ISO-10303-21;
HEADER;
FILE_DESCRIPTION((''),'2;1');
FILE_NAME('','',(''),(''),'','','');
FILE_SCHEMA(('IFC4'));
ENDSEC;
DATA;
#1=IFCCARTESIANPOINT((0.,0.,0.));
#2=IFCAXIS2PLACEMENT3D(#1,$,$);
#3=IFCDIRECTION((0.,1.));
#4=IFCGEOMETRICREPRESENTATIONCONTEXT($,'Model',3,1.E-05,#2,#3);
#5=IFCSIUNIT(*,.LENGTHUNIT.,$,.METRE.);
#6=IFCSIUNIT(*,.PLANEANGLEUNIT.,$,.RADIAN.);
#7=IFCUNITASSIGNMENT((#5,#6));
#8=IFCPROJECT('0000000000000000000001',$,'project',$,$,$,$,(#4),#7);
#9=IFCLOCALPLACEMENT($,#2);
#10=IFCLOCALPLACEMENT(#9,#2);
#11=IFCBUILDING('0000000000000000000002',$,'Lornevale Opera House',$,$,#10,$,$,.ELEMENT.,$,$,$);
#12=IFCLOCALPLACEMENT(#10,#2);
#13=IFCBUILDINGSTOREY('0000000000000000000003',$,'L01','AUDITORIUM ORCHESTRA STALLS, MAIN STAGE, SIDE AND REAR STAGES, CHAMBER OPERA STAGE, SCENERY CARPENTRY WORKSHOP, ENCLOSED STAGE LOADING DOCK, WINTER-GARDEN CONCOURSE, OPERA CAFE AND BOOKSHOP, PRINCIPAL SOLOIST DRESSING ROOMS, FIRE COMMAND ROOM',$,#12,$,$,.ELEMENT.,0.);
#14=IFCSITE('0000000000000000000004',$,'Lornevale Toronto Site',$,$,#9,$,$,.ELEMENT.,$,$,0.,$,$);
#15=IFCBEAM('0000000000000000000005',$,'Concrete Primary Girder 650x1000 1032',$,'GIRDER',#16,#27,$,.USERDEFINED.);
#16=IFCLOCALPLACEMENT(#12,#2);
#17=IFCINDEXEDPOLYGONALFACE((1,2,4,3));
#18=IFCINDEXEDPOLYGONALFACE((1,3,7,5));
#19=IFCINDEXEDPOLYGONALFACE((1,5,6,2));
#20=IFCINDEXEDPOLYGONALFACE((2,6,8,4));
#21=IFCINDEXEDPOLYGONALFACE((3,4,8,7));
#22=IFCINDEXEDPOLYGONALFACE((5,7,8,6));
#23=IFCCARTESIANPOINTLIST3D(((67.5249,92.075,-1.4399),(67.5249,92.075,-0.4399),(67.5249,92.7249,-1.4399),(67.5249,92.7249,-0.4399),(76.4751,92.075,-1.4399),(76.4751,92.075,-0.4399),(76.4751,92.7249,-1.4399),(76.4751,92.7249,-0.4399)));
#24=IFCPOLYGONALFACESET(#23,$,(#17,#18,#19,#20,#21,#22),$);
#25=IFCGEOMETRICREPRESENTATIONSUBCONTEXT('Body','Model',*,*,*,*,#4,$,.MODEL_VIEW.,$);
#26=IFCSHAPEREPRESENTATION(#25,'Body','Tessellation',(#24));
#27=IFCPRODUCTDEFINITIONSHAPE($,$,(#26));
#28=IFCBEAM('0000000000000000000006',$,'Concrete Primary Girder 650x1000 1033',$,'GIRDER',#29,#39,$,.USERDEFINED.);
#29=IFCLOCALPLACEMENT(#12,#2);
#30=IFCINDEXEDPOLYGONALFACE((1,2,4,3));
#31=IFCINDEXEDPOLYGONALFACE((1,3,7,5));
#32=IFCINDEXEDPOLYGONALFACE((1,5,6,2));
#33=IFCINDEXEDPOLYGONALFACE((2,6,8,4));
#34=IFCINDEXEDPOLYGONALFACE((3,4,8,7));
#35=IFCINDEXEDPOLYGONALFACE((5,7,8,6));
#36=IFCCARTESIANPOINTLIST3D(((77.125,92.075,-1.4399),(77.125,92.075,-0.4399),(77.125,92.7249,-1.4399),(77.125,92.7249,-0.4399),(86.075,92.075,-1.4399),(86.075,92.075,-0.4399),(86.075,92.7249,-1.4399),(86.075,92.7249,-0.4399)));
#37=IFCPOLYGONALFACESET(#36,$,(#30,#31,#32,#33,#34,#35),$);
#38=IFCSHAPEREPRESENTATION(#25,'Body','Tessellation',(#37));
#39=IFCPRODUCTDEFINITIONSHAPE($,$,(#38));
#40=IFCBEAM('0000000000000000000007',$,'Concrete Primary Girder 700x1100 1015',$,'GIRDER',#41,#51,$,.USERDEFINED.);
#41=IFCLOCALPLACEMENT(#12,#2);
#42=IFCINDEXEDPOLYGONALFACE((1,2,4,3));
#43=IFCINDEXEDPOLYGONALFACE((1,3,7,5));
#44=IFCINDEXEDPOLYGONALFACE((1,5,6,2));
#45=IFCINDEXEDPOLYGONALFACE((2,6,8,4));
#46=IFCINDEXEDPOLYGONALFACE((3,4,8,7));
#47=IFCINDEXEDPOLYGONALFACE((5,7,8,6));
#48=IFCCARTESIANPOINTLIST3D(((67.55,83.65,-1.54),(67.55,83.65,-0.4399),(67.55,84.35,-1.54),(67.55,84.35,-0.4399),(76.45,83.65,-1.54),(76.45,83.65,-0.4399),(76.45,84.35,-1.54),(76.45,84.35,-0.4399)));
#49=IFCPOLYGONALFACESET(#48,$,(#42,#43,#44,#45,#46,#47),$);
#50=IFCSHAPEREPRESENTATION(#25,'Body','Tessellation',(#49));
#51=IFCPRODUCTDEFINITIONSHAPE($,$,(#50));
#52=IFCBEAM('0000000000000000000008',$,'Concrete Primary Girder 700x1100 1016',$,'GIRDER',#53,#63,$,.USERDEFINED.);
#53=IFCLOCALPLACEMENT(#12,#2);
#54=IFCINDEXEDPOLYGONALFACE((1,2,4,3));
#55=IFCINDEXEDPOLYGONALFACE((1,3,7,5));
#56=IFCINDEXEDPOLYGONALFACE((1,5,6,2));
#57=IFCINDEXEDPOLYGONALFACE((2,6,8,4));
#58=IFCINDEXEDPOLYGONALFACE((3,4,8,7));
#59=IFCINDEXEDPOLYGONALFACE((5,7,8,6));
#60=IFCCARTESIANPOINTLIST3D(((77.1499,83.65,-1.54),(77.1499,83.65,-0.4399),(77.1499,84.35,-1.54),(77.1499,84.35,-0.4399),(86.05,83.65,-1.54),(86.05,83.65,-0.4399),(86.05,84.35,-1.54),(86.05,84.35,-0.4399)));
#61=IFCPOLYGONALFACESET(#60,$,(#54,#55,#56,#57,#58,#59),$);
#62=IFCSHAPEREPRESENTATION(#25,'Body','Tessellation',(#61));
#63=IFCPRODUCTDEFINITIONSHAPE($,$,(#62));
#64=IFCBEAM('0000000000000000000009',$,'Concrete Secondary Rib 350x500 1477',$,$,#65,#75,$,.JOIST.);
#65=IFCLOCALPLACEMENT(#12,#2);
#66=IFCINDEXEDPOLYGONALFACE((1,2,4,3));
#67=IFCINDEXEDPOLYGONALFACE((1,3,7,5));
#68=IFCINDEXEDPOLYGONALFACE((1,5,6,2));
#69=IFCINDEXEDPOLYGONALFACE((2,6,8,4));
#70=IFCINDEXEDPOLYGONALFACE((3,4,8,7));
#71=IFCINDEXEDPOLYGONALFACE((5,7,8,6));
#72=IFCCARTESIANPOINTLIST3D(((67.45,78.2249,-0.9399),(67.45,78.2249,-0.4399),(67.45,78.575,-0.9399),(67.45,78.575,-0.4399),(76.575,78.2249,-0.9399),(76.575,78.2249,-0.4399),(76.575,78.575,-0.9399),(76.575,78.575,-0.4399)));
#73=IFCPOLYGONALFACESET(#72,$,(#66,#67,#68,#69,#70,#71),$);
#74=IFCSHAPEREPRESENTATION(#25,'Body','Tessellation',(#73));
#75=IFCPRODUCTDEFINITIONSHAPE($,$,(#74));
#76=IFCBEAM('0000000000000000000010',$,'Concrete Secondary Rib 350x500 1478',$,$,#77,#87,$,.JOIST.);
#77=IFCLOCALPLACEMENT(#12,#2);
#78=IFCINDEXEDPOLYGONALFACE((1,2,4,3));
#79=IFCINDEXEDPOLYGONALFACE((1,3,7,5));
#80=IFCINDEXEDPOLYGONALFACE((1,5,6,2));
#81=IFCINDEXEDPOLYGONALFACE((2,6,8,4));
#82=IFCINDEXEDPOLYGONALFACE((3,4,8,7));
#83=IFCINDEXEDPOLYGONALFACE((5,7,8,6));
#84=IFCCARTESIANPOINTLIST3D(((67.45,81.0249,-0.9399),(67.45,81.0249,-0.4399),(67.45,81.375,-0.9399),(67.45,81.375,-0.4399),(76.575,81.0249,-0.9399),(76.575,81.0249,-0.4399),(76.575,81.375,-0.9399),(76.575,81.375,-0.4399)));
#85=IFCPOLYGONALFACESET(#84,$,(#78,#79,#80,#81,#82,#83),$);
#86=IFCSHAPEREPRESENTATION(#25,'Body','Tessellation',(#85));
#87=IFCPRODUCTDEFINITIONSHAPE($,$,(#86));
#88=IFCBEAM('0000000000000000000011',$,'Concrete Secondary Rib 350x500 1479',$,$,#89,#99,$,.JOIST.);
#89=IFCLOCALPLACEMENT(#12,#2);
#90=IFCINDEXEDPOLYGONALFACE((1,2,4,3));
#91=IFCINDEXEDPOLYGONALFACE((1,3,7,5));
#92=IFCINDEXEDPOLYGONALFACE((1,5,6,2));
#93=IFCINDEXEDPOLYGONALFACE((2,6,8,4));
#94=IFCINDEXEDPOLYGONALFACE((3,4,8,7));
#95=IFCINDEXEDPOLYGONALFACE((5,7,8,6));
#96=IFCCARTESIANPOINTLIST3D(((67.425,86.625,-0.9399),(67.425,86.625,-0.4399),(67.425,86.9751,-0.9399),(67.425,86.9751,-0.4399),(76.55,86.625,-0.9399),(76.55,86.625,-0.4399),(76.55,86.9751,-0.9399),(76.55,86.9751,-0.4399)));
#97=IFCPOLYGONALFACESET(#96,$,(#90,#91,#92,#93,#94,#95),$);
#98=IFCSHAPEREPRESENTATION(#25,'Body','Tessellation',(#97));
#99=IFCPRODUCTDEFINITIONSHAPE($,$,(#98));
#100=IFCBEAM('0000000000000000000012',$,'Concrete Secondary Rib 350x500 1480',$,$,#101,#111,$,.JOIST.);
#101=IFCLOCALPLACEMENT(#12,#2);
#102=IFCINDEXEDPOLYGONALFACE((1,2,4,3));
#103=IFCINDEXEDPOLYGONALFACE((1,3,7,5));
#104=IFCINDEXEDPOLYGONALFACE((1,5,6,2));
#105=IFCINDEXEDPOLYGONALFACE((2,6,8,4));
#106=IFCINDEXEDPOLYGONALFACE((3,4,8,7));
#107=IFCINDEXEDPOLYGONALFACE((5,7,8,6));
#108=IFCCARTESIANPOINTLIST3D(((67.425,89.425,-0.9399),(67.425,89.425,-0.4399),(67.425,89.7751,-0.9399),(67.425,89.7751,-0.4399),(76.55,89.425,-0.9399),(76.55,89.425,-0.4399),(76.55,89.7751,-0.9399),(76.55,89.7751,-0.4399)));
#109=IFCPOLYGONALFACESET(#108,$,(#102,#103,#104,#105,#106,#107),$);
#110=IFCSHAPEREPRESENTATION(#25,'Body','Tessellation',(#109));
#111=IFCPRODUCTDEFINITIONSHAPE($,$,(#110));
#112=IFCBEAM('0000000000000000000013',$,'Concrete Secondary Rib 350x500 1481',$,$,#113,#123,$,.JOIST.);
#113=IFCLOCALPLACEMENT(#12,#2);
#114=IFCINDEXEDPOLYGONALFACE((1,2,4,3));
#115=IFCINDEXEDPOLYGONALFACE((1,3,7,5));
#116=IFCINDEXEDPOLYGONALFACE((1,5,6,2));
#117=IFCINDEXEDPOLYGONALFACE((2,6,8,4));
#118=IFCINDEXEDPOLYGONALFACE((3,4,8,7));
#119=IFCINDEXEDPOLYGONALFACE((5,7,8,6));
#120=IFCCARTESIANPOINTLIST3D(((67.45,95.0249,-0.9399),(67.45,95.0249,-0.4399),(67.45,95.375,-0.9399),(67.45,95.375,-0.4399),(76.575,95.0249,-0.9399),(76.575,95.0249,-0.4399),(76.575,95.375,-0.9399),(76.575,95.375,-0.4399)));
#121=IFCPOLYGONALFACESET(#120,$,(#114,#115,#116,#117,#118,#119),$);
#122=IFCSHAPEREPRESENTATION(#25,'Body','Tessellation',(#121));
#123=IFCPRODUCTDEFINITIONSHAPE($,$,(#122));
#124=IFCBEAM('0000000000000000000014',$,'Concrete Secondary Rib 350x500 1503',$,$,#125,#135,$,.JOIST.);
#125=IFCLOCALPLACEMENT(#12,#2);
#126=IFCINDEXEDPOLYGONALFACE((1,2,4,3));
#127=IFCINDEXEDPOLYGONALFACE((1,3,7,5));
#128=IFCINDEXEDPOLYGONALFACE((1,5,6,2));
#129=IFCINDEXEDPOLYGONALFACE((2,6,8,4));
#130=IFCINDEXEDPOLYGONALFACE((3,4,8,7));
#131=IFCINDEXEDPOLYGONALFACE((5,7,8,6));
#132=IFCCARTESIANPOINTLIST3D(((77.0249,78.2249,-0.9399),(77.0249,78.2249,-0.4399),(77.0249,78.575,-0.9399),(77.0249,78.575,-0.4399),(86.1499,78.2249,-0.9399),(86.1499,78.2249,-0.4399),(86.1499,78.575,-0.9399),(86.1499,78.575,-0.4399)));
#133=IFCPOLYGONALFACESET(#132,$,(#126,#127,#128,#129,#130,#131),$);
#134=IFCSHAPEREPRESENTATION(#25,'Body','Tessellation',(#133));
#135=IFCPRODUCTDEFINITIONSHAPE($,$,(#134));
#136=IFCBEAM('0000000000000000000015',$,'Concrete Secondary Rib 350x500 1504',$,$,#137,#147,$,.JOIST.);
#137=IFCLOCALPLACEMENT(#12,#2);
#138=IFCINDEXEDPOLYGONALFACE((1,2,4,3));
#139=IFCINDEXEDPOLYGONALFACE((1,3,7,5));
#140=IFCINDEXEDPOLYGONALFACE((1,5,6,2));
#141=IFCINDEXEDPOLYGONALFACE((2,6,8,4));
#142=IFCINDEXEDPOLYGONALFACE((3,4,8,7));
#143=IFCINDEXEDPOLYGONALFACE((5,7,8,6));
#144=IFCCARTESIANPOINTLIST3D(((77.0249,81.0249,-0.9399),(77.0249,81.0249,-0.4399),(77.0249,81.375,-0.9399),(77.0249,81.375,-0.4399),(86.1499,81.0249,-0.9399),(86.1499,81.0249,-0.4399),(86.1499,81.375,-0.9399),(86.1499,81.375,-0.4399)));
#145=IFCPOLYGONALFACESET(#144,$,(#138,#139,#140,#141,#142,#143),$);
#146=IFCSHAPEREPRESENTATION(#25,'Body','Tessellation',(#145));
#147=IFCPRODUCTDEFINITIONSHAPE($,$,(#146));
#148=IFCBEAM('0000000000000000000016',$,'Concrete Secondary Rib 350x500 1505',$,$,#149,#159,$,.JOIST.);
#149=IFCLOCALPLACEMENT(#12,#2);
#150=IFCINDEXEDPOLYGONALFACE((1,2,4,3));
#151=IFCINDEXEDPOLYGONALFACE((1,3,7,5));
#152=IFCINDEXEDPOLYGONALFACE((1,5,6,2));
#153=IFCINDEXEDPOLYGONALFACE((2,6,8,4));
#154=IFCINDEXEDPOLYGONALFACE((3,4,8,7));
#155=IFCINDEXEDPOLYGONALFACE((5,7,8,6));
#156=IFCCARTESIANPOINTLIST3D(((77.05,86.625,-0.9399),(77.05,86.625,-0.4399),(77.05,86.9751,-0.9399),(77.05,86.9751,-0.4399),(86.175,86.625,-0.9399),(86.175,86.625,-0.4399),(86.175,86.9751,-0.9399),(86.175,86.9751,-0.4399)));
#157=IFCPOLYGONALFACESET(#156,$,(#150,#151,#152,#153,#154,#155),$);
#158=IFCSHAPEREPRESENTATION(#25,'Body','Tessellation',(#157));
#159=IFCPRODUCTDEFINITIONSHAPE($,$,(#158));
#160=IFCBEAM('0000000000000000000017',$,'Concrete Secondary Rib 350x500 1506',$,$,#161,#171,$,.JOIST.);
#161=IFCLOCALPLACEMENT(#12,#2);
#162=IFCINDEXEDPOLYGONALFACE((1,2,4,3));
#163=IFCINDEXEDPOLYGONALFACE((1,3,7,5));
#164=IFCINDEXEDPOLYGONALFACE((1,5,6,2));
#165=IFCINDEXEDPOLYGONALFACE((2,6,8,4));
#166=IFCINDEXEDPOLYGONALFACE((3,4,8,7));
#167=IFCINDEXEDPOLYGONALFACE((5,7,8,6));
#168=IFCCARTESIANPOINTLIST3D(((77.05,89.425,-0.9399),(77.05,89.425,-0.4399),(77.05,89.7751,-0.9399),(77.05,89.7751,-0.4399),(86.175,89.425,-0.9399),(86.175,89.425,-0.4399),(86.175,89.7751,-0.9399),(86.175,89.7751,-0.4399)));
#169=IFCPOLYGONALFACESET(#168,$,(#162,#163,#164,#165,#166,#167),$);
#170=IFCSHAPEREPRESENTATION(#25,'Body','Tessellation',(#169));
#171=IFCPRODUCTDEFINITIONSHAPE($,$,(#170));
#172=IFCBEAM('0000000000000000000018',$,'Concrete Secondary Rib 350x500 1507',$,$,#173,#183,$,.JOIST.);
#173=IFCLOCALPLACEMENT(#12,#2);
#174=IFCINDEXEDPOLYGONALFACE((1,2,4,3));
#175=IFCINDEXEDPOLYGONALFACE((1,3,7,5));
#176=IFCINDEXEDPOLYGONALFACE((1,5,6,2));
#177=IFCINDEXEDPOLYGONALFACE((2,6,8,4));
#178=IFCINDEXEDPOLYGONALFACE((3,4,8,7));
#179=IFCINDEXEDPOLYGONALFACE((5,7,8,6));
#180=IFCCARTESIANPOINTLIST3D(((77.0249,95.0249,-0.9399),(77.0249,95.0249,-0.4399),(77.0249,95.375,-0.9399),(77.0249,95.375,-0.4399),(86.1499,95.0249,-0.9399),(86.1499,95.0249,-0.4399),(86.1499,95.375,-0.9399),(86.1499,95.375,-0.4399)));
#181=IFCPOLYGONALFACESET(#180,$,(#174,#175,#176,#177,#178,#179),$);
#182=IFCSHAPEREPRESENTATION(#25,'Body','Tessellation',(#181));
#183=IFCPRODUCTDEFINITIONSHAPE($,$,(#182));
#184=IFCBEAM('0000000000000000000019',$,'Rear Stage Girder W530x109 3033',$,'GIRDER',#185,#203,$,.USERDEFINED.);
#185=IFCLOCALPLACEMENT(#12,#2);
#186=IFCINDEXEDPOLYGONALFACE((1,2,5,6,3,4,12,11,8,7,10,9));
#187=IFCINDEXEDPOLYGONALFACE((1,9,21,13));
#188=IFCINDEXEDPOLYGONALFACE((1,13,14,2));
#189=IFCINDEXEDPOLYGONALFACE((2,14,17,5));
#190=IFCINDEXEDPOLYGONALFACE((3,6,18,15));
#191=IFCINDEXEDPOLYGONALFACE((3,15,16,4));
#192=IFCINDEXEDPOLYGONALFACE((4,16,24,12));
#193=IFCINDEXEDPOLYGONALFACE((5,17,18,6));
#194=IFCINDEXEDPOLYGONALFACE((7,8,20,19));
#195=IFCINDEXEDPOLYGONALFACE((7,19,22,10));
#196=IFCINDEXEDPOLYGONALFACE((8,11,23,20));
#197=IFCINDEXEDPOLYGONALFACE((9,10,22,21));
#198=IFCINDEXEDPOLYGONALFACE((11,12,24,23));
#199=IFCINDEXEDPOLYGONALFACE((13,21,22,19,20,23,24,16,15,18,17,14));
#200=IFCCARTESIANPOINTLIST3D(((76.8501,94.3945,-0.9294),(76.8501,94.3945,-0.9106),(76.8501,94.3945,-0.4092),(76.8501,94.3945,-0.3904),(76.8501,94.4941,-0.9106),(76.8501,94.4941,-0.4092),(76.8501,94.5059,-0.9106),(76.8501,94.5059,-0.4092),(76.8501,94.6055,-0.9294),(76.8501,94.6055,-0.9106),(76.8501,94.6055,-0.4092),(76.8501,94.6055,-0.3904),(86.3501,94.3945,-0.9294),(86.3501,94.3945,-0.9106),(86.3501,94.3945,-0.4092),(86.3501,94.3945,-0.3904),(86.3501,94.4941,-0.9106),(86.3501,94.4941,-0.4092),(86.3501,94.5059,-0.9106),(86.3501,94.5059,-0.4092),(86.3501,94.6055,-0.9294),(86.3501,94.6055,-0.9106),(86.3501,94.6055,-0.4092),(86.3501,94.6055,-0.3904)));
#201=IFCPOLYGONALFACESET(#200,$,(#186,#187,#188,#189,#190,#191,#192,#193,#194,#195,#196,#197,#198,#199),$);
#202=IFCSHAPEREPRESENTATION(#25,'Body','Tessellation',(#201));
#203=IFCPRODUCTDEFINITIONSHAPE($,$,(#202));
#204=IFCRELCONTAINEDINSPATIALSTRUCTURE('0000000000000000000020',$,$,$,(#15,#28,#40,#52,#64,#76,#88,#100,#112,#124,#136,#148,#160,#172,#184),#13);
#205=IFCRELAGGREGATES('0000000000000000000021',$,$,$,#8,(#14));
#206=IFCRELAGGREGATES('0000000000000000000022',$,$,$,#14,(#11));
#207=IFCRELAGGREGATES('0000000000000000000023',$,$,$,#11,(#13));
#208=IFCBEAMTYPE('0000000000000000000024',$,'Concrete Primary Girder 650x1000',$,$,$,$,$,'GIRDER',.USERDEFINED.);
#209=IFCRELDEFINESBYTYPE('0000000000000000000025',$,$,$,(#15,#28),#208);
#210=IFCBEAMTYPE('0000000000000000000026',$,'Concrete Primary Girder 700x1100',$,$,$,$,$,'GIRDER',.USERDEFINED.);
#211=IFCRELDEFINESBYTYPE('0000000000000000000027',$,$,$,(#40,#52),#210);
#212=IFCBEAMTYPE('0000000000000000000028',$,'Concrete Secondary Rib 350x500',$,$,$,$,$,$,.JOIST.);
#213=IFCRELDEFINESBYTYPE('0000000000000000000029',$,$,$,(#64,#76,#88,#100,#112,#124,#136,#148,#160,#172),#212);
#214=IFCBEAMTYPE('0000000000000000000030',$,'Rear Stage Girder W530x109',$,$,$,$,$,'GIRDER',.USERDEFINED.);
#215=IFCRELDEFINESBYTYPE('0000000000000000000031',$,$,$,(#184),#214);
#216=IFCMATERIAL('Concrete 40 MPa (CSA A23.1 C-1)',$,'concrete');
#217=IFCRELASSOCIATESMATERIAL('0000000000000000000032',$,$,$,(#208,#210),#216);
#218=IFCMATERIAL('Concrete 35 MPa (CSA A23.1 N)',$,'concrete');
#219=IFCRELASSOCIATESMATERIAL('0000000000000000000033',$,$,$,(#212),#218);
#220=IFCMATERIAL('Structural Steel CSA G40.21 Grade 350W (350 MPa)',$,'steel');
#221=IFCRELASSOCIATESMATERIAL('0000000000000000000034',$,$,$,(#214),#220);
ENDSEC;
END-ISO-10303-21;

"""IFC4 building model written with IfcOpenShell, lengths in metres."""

from ifc_helpers import new_model, si_unit, direction, frame, origin, origin_2d, place, context, subcontext, project, spatial, rectangle, i_section, extrude, material, material_profile, profile_set, type_object, element, save


model = new_model("IFC4")

# Units and contexts
model_context = context("Model", 3, precision=1e-05, world=origin(), true_north=direction((0.0, 1.0)))
body_context = subcontext(model_context, "Body", "Model", "MODEL_VIEW")
ifc_project = project(units=[si_unit("LENGTHUNIT", "METRE"), si_unit("PLANEANGLEUNIT", "RADIAN")], contexts=[model_context])

# Site, building, storey
site_placement = place(None, origin())
site = spatial("IfcSite", under=ifc_project, at=site_placement, Name="Lornevale Toronto Site", CompositionType="ELEMENT", RefElevation=0.0)
building_placement = place(site_placement, origin())
building = spatial("IfcBuilding", under=site, at=building_placement, Name="Lornevale Opera House", CompositionType="ELEMENT")
storey_placement = place(building_placement, origin())
storey = spatial("IfcBuildingStorey", under=building, at=storey_placement, Name="L01", Description="AUDITORIUM ORCHESTRA STALLS, MAIN STAGE, SIDE AND REAR STAGES, CHAMBER OPERA STAGE, SCENERY CARPENTRY WORKSHOP, ENCLOSED STAGE LOADING DOCK, WINTER-GARDEN CONCOURSE, OPERA CAFE AND BOOKSHOP, PRINCIPAL SOLOIST DRESSING ROOMS, FIRE COMMAND ROOM", CompositionType="ELEMENT", Elevation=0.0)

# Shared definitions
ifc_material_1 = material(Name="Concrete 40 MPa (CSA A23.1 C-1)", Category="concrete")

# Beams
ifc_material_2 = material(Name="Concrete 35 MPa (CSA A23.1 N)", Category="concrete")
ifc_material_profile_1 = material_profile(ifc_material_1, rectangle(XDim=0.6499, YDim=1.0, at=origin_2d()), Name="RC650x1000")
ifc_profile_set_1 = profile_set([ifc_material_profile_1], Name="Concrete 40 MPa (CSA A23.1 C-1)")
beam_type_1 = type_object("IfcBeamType", Name="Concrete Primary Girder 650x1000", ElementType="GIRDER", PredefinedType="USERDEFINED", material=ifc_profile_set_1)
beam_1_placement = place(storey_placement, frame((67.5249, 92.3999, -0.9399), z_axis=(1.0, 0.0, 0.0), x_axis=(0.0, 1.0, 0.0)))
element("IfcBeam", 1, at=beam_1_placement, inside=storey, type_object=beam_type_1, Name="Concrete Primary Girder 650x1000 1032", ObjectType="GIRDER", PredefinedType="USERDEFINED", context=body_context, shape_type="SweptSolid", body=[
    extrude(rectangle(XDim=0.6499, YDim=1.0, at=origin_2d()), origin(), (0.0, 0.0, 1.0), 8.9502),
])
beam_2_placement = place(storey_placement, frame((77.125, 92.3999, -0.9399), z_axis=(1.0, 0.0, 0.0), x_axis=(0.0, 1.0, 0.0)))
element("IfcBeam", 2, at=beam_2_placement, inside=storey, type_object=beam_type_1, Name="Concrete Primary Girder 650x1000 1033", ObjectType="GIRDER", PredefinedType="USERDEFINED", context=body_context, shape_type="SweptSolid", body=[
    extrude(rectangle(XDim=0.6499, YDim=1.0, at=origin_2d()), origin(), (0.0, 0.0, 1.0), 8.95),
])
ifc_material_profile_2 = material_profile(ifc_material_1, rectangle(XDim=0.7, YDim=1.1001, at=origin_2d()), Name="RC700x1100")
ifc_profile_set_2 = profile_set([ifc_material_profile_2], Name="Concrete 40 MPa (CSA A23.1 C-1)")
beam_type_2 = type_object("IfcBeamType", Name="Concrete Primary Girder 700x1100", ElementType="GIRDER", PredefinedType="USERDEFINED", material=ifc_profile_set_2)
beam_3_placement = place(storey_placement, frame((67.55, 84.0, -0.99), z_axis=(1.0, 0.0, 0.0), x_axis=(0.0, 1.0, 0.0)))
element("IfcBeam", 3, at=beam_3_placement, inside=storey, type_object=beam_type_2, Name="Concrete Primary Girder 700x1100 1015", ObjectType="GIRDER", PredefinedType="USERDEFINED", context=body_context, shape_type="SweptSolid", body=[
    extrude(rectangle(XDim=0.7, YDim=1.1001, at=origin_2d()), origin(), (0.0, 0.0, 1.0), 8.8999),
])
beam_4_placement = place(storey_placement, frame((77.1499, 84.0, -0.99), z_axis=(1.0, 0.0, 0.0), x_axis=(0.0, 1.0, 0.0)))
element("IfcBeam", 4, at=beam_4_placement, inside=storey, type_object=beam_type_2, Name="Concrete Primary Girder 700x1100 1016", ObjectType="GIRDER", PredefinedType="USERDEFINED", context=body_context, shape_type="SweptSolid", body=[
    extrude(rectangle(XDim=0.7, YDim=1.1001, at=origin_2d()), origin(), (0.0, 0.0, 1.0), 8.9001),
])
ifc_material_profile_3 = material_profile(ifc_material_2, rectangle(XDim=0.3501, YDim=0.5, at=origin_2d()), Name="RC350x500")
ifc_profile_set_3 = profile_set([ifc_material_profile_3], Name="Concrete 35 MPa (CSA A23.1 N)")
beam_type_3 = type_object("IfcBeamType", Name="Concrete Secondary Rib 350x500", PredefinedType="JOIST", material=ifc_profile_set_3)
for number, where, z_axis, x_axis, name in (
    (5, (67.45, 78.3999, -0.6899), (1.0, 0.0, 0.0), (0.0, 1.0, 0.0), "Concrete Secondary Rib 350x500 1477"),
    (6, (67.45, 81.2, -0.6899), (1.0, 0.0, 0.0), (0.0, 1.0, 0.0), "Concrete Secondary Rib 350x500 1478"),
    (7, (67.425, 86.8, -0.6899), (1.0, 0.0, 0.0), (0.0, 1.0, 0.0), "Concrete Secondary Rib 350x500 1479"),
    (8, (67.425, 89.6001, -0.6899), (1.0, 0.0, 0.0), (0.0, 1.0, 0.0), "Concrete Secondary Rib 350x500 1480"),
    (9, (67.45, 95.2, -0.6899), (1.0, 0.0, 0.0), (0.0, 1.0, 0.0), "Concrete Secondary Rib 350x500 1481"),
    (10, (77.0249, 78.3999, -0.6899), (1.0, 0.0, 0.0), (0.0, 1.0, 0.0), "Concrete Secondary Rib 350x500 1503"),
    (11, (77.0249, 81.2, -0.6899), (1.0, 0.0, 0.0), (0.0, 1.0, 0.0), "Concrete Secondary Rib 350x500 1504"),
    (12, (77.05, 86.8, -0.6899), (1.0, 0.0, 0.0), (0.0, 1.0, 0.0), "Concrete Secondary Rib 350x500 1505"),
    (13, (77.05, 89.6001, -0.6899), (1.0, 0.0, 0.0), (0.0, 1.0, 0.0), "Concrete Secondary Rib 350x500 1506"),
    (14, (77.0249, 95.2, -0.6899), (1.0, 0.0, 0.0), (0.0, 1.0, 0.0), "Concrete Secondary Rib 350x500 1507"),
):
    element("IfcBeam", number, at=place(storey_placement, frame(where, z_axis=z_axis, x_axis=x_axis)), inside=storey, type_object=beam_type_3, Name=name, PredefinedType="JOIST", context=body_context, shape_type="SweptSolid", body=[
        extrude(rectangle(XDim=0.3501, YDim=0.5, at=origin_2d()), origin(), (0.0, 0.0, 1.0), 9.125),
    ])
ifc_material_3 = material(Name="Structural Steel CSA G40.21 Grade 350W (350 MPa)", Category="steel")
ifc_material_profile_4 = material_profile(ifc_material_3, i_section(OverallWidth=0.2109, OverallDepth=0.5391, WebThickness=0.0117, FlangeThickness=0.0188, at=origin_2d()), Name="W530x109")
ifc_profile_set_4 = profile_set([ifc_material_profile_4], Name="Structural Steel CSA G40.21 Grade 350W (350 MPa)")
beam_type_4 = type_object("IfcBeamType", Name="Rear Stage Girder W530x109", ElementType="GIRDER", PredefinedType="USERDEFINED", material=ifc_profile_set_4)
beam_5_placement = place(storey_placement, frame((76.8501, 94.5, -0.6599), z_axis=(1.0, 0.0, 0.0), x_axis=(0.0, 1.0, 0.0)))
element("IfcBeam", 15, at=beam_5_placement, inside=storey, type_object=beam_type_4, Name="Rear Stage Girder W530x109 3033", ObjectType="GIRDER", PredefinedType="USERDEFINED", context=body_context, shape_type="SweptSolid", body=[
    extrude(i_section(OverallWidth=0.2109, OverallDepth=0.5391, WebThickness=0.0117, FlangeThickness=0.0188, at=origin_2d()), origin(), (0.0, 0.0, 1.0), 9.5),
])

save(model, "model.ifc")
